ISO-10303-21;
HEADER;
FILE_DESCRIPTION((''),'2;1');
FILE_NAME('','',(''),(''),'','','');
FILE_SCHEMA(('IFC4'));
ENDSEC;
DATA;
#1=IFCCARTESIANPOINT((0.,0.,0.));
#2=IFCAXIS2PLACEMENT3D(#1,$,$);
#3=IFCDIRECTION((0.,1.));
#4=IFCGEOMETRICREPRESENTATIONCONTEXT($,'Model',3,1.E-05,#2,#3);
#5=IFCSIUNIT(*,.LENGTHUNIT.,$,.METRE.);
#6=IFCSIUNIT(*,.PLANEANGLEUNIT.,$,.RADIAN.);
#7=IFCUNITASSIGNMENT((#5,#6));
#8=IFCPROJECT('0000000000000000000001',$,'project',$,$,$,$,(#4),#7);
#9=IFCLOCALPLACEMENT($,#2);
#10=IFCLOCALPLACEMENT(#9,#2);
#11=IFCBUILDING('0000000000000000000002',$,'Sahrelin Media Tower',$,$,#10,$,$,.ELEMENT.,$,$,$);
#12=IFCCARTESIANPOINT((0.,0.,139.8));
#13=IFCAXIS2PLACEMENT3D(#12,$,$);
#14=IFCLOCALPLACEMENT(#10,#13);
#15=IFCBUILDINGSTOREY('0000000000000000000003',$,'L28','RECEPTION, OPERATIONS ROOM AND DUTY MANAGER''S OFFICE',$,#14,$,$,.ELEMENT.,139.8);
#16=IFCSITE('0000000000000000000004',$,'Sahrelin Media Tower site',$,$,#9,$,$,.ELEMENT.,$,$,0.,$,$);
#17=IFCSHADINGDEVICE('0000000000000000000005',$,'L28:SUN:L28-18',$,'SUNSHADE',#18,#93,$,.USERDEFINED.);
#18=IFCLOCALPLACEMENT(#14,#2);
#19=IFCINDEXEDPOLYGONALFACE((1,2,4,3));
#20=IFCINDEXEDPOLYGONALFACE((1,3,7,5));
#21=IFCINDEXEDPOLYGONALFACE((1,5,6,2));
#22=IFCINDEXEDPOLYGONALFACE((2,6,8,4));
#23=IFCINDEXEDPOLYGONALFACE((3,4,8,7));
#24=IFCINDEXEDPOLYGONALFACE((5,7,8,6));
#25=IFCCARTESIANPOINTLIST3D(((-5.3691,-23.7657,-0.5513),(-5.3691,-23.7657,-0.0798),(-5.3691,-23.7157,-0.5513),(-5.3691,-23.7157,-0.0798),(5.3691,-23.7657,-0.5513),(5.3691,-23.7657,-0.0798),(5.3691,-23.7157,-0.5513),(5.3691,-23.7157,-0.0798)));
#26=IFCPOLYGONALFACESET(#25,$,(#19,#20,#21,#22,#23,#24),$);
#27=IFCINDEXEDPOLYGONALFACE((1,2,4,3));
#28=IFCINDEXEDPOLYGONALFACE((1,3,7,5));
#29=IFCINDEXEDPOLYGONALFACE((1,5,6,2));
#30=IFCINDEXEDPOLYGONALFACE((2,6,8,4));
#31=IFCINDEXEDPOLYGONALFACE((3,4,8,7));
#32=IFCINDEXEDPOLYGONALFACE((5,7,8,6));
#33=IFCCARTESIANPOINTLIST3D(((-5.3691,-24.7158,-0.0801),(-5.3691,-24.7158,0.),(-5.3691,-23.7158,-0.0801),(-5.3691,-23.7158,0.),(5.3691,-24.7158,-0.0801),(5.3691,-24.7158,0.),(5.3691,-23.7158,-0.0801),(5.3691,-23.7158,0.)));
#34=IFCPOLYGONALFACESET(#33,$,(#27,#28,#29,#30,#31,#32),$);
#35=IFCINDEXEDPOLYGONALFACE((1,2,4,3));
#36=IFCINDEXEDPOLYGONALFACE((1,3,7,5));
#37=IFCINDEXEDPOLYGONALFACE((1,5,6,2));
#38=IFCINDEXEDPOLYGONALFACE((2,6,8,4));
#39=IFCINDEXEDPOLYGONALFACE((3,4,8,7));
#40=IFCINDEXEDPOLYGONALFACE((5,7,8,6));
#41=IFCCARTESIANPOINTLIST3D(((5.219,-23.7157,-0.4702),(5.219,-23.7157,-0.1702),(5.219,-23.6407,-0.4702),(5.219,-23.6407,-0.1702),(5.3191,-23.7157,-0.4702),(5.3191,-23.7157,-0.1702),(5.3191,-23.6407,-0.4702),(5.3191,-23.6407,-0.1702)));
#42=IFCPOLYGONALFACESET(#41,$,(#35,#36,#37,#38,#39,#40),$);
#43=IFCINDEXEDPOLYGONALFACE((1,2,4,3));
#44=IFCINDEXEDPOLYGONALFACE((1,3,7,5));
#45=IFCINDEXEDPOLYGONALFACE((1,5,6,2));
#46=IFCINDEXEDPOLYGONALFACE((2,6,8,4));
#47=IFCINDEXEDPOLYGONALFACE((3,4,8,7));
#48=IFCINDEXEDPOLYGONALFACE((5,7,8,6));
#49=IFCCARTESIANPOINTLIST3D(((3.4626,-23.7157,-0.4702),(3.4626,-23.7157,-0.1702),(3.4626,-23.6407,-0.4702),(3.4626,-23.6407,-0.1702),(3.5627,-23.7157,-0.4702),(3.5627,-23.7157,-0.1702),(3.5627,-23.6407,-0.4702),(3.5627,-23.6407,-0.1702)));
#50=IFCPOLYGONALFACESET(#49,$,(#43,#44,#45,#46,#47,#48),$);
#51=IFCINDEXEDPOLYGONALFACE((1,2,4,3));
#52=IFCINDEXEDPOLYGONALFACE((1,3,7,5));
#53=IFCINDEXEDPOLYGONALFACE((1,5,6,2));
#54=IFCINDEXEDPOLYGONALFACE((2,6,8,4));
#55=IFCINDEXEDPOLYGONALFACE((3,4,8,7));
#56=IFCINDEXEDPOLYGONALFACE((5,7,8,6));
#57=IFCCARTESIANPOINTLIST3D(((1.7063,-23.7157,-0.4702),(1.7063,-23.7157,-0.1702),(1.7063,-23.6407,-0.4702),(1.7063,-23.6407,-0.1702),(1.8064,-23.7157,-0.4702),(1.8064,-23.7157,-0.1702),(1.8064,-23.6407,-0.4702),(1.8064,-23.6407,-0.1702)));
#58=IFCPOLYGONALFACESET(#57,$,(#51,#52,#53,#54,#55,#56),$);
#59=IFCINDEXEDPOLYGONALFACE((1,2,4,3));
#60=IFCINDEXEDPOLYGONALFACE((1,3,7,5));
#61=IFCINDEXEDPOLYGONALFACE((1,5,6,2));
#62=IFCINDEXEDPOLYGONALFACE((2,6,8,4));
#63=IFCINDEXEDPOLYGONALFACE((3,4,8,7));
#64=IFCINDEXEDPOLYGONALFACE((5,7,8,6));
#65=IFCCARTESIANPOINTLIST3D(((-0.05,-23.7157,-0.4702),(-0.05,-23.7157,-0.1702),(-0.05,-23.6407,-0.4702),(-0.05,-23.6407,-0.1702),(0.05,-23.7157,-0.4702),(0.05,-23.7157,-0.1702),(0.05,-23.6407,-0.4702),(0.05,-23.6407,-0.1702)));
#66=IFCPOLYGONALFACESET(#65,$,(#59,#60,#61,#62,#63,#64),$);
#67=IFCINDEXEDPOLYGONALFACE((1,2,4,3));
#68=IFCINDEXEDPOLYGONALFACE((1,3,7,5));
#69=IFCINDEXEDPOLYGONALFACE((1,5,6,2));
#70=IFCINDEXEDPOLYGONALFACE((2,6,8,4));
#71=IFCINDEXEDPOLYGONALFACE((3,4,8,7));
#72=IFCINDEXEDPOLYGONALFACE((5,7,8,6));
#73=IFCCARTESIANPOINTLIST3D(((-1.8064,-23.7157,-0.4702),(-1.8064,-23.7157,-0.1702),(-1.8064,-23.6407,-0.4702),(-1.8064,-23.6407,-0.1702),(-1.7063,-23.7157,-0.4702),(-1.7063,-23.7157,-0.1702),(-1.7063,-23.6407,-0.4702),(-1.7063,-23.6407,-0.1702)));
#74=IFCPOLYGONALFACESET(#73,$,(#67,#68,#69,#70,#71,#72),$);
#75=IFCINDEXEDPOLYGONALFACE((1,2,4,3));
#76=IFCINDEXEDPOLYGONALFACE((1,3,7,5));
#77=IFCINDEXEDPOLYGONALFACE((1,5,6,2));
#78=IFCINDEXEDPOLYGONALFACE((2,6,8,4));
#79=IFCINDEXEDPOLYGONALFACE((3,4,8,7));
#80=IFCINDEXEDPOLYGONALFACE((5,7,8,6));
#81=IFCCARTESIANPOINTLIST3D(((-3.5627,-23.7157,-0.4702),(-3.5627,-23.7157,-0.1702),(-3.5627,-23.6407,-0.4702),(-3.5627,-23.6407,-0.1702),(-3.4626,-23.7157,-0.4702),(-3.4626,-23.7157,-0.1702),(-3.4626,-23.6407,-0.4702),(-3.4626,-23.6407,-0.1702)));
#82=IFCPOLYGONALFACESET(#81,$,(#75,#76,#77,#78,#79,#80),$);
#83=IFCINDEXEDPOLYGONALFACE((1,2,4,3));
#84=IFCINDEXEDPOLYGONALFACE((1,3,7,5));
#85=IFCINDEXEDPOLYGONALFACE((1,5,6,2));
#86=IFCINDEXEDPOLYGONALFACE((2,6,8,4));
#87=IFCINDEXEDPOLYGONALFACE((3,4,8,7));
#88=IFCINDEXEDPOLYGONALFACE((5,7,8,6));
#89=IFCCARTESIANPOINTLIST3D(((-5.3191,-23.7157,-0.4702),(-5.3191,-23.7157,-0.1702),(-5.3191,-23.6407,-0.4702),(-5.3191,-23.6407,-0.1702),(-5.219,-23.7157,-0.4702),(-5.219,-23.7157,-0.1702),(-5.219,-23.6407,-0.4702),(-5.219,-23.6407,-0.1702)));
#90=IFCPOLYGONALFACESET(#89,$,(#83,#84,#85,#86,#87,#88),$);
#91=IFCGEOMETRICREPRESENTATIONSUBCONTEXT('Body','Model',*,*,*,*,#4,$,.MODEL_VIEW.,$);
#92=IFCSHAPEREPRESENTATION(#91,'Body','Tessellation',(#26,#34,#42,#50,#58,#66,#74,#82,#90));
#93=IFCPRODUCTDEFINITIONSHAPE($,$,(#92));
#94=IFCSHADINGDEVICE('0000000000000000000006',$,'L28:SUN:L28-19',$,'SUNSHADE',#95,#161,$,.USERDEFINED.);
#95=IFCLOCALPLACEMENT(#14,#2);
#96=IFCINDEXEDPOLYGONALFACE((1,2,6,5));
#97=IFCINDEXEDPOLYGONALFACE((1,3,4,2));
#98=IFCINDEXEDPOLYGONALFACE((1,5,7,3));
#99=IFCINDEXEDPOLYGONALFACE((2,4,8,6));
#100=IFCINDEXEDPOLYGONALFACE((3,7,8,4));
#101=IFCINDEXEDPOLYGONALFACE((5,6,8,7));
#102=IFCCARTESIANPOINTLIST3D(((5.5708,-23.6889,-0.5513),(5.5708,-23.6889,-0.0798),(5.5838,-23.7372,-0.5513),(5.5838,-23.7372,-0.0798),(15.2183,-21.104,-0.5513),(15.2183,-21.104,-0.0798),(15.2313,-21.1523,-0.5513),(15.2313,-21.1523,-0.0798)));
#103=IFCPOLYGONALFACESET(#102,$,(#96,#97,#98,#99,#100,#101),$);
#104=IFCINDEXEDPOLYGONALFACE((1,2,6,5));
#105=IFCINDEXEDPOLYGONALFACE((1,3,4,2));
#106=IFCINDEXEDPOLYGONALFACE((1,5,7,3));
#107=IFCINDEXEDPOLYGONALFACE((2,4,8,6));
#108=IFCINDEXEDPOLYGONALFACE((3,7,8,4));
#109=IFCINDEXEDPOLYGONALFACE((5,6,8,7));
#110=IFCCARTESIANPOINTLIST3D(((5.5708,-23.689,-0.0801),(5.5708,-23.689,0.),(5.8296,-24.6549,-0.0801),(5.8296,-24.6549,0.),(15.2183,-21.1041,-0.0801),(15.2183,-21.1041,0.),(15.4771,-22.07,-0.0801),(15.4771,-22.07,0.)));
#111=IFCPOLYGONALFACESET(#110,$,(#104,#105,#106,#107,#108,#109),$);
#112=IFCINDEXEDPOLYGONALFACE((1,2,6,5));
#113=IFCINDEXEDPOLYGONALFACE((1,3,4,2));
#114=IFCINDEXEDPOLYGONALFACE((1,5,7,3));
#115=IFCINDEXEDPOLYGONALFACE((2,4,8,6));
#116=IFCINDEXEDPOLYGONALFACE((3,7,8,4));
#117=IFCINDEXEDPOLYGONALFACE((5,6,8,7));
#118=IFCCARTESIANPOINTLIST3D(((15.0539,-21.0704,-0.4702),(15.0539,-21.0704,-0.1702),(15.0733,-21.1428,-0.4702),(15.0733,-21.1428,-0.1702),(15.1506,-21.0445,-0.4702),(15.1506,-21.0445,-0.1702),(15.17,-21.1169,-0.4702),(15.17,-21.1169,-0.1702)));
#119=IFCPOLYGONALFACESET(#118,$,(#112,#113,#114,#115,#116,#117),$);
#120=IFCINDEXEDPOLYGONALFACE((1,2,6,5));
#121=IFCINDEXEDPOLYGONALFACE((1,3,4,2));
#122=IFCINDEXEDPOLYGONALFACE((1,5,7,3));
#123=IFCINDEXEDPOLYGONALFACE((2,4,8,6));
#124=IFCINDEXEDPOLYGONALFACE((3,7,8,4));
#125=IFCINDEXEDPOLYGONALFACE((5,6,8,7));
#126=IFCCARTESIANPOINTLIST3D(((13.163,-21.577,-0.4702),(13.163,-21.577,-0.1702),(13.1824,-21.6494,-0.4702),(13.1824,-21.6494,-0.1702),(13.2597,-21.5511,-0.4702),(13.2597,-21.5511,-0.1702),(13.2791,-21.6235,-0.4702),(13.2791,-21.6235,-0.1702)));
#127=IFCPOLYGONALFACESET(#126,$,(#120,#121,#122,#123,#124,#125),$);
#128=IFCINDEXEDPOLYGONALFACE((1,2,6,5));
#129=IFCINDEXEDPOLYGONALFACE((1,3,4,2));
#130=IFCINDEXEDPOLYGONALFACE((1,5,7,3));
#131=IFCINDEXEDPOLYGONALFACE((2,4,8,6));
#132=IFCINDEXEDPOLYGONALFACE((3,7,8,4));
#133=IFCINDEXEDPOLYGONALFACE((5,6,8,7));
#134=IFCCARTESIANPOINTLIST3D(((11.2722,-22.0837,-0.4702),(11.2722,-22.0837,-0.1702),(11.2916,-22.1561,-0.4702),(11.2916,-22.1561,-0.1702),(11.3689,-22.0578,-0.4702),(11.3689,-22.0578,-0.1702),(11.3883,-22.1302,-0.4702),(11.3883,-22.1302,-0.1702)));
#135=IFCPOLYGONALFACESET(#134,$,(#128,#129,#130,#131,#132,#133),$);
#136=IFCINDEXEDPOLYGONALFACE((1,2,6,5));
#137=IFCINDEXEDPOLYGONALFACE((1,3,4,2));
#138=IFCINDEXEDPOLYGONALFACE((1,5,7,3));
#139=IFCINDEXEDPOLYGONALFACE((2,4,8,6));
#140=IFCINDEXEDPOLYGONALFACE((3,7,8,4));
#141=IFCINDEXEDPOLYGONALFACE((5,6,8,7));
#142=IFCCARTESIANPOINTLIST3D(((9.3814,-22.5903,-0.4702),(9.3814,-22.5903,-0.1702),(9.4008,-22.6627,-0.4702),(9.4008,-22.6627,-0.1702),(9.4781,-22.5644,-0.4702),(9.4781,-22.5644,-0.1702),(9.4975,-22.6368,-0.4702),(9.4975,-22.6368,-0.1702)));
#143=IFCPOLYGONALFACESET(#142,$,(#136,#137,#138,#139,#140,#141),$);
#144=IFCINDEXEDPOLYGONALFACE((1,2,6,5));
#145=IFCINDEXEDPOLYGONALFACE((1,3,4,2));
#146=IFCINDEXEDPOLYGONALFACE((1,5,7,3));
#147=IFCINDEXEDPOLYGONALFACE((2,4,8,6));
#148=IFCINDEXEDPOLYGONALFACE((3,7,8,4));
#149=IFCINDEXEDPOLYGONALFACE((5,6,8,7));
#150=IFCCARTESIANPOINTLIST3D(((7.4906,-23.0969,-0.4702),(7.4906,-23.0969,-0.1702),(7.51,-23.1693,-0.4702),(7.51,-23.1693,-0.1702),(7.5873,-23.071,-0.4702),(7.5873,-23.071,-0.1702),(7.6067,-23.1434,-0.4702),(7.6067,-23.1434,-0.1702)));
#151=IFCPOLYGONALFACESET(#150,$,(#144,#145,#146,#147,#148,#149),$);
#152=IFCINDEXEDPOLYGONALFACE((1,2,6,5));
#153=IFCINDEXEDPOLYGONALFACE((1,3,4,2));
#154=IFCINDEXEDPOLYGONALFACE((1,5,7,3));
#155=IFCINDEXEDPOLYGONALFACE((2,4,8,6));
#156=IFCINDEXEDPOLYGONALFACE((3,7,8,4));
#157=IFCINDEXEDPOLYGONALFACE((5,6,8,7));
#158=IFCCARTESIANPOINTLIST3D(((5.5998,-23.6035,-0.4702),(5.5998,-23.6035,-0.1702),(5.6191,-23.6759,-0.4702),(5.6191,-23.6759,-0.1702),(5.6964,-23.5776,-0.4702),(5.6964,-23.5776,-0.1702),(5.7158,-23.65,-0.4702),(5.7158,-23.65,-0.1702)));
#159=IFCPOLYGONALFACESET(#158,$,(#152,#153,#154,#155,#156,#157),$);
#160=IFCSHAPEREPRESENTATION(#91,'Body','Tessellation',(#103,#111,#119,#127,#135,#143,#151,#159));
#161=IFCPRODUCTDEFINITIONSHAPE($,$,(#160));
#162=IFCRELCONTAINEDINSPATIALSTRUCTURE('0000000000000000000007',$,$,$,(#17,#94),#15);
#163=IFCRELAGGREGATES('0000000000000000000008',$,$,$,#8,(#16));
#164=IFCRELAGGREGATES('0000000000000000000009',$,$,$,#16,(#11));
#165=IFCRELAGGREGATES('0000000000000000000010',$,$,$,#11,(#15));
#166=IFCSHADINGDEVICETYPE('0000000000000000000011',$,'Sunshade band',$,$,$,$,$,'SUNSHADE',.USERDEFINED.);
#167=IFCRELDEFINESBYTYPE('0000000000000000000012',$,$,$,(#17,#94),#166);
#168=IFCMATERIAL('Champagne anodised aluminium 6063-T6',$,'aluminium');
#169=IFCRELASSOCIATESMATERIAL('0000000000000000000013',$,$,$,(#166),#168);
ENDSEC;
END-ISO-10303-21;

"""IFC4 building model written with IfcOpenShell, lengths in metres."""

from ifc_helpers import new_model, si_unit, direction, frame, origin, origin_2d, place, context, subcontext, project, spatial, rectangle, extrude, material, type_object, element, save


model = new_model("IFC4")

# Units and contexts
model_context = context("Model", 3, precision=1e-05, world=origin(), true_north=direction((0.0, 1.0)))
body_context = subcontext(model_context, "Body", "Model", "MODEL_VIEW")
ifc_project = project(units=[si_unit("LENGTHUNIT", "METRE"), si_unit("PLANEANGLEUNIT", "RADIAN")], contexts=[model_context])

# Site, building, storey
site_placement = place(None, origin())
site = spatial("IfcSite", under=ifc_project, at=site_placement, Name="Sahrelin Media Tower site", CompositionType="ELEMENT", RefElevation=0.0)
building_placement = place(site_placement, origin())
building = spatial("IfcBuilding", under=site, at=building_placement, Name="Sahrelin Media Tower", CompositionType="ELEMENT")
storey_placement = place(building_placement, frame((0.0, 0.0, 139.8)))
storey = spatial("IfcBuildingStorey", under=building, at=storey_placement, Name="L28", Description="RECEPTION, OPERATIONS ROOM AND DUTY MANAGER'S OFFICE", CompositionType="ELEMENT", Elevation=139.8)

# Shared definitions
ifc_material_1 = material(Name="Champagne anodised aluminium 6063-T6", Category="aluminium")

# Shading devices
placement_1 = place(storey_placement, frame((0.0, -23.6958, 0.0), z_axis=(0.0, 0.0, 1.0), x_axis=(-1.0, 0.0, 0.0)))
placement_2 = place(storey_placement, frame((10.3894, -22.3772, 0.0), z_axis=(0.0, 0.0, 1.0), x_axis=(-0.965929, -0.258808, 0.0)))
shading_device_type_1 = type_object("IfcShadingDeviceType", Name="Sunshade band", ElementType="SUNSHADE", PredefinedType="USERDEFINED", material=ifc_material_1)
element("IfcShadingDevice", 1, at=placement_1, inside=storey, type_object=shading_device_type_1, Name="L28:SUN:L28-18", ObjectType="SUNSHADE", PredefinedType="USERDEFINED", context=body_context, shape_type="SweptSolid", body=[
    extrude(rectangle(XDim=10.7383, YDim=0.05, at=origin_2d()), frame((0.0, 0.0449, -0.5513)), (0.0, 0.0, 1.0), 0.4714),
    extrude(rectangle(XDim=10.7383, YDim=1.0, at=origin_2d()), frame((0.0, 0.52, -0.0801)), (0.0, 0.0, 1.0), 0.0801),
    extrude(rectangle(XDim=0.1001, YDim=0.075, at=origin_2d()), frame((-5.269, -0.0176, -0.4702)), (0.0, 0.0, 1.0), 0.3),
    extrude(rectangle(XDim=0.1001, YDim=0.075, at=origin_2d()), frame((-3.5127, -0.0176, -0.4702)), (0.0, 0.0, 1.0), 0.3),
    extrude(rectangle(XDim=0.1001, YDim=0.075, at=origin_2d()), frame((-1.7563, -0.0176, -0.4702)), (0.0, 0.0, 1.0), 0.3),
    extrude(rectangle(XDim=0.1001, YDim=0.075, at=origin_2d()), frame((0.0, -0.0176, -0.4702)), (0.0, 0.0, 1.0), 0.3),
    extrude(rectangle(XDim=0.1001, YDim=0.075, at=origin_2d()), frame((1.7563, -0.0176, -0.4702)), (0.0, 0.0, 1.0), 0.3),
    extrude(rectangle(XDim=0.1001, YDim=0.075, at=origin_2d()), frame((3.5127, -0.0176, -0.4702)), (0.0, 0.0, 1.0), 0.3),
    extrude(rectangle(XDim=0.1001, YDim=0.075, at=origin_2d()), frame((5.269, -0.0176, -0.4702)), (0.0, 0.0, 1.0), 0.3),
])
element("IfcShadingDevice", 2, at=placement_2, inside=storey, type_object=shading_device_type_1, Name="L28:SUN:L28-19", ObjectType="SUNSHADE", PredefinedType="USERDEFINED", context=body_context, shape_type="SweptSolid", body=[
    extrude(rectangle(XDim=9.9878, YDim=0.05, at=origin_2d()), frame((0.0, 0.0449, -0.5513)), (0.0, 0.0, 1.0), 0.4714),
    extrude(rectangle(XDim=9.9878, YDim=1.0, at=origin_2d()), frame((0.0, 0.52, -0.0801)), (0.0, 0.0, 1.0), 0.0801),
    extrude(rectangle(XDim=0.1001, YDim=0.075, at=origin_2d()), frame((-4.8938, -0.0176, -0.4702)), (0.0, 0.0, 1.0), 0.3),
    extrude(rectangle(XDim=0.1001, YDim=0.075, at=origin_2d()), frame((-2.9363, -0.0176, -0.4702)), (0.0, 0.0, 1.0), 0.3),
    extrude(rectangle(XDim=0.1001, YDim=0.075, at=origin_2d()), frame((-0.9788, -0.0176, -0.4702)), (0.0, 0.0, 1.0), 0.3),
    extrude(rectangle(XDim=0.1001, YDim=0.075, at=origin_2d()), frame((0.9788, -0.0176, -0.4702)), (0.0, 0.0, 1.0), 0.3),
    extrude(rectangle(XDim=0.1001, YDim=0.075, at=origin_2d()), frame((2.9363, -0.0176, -0.4702)), (0.0, 0.0, 1.0), 0.3),
    extrude(rectangle(XDim=0.1001, YDim=0.075, at=origin_2d()), frame((4.8938, -0.0176, -0.4702)), (0.0, 0.0, 1.0), 0.3),
])

save(model, "model.ifc")
